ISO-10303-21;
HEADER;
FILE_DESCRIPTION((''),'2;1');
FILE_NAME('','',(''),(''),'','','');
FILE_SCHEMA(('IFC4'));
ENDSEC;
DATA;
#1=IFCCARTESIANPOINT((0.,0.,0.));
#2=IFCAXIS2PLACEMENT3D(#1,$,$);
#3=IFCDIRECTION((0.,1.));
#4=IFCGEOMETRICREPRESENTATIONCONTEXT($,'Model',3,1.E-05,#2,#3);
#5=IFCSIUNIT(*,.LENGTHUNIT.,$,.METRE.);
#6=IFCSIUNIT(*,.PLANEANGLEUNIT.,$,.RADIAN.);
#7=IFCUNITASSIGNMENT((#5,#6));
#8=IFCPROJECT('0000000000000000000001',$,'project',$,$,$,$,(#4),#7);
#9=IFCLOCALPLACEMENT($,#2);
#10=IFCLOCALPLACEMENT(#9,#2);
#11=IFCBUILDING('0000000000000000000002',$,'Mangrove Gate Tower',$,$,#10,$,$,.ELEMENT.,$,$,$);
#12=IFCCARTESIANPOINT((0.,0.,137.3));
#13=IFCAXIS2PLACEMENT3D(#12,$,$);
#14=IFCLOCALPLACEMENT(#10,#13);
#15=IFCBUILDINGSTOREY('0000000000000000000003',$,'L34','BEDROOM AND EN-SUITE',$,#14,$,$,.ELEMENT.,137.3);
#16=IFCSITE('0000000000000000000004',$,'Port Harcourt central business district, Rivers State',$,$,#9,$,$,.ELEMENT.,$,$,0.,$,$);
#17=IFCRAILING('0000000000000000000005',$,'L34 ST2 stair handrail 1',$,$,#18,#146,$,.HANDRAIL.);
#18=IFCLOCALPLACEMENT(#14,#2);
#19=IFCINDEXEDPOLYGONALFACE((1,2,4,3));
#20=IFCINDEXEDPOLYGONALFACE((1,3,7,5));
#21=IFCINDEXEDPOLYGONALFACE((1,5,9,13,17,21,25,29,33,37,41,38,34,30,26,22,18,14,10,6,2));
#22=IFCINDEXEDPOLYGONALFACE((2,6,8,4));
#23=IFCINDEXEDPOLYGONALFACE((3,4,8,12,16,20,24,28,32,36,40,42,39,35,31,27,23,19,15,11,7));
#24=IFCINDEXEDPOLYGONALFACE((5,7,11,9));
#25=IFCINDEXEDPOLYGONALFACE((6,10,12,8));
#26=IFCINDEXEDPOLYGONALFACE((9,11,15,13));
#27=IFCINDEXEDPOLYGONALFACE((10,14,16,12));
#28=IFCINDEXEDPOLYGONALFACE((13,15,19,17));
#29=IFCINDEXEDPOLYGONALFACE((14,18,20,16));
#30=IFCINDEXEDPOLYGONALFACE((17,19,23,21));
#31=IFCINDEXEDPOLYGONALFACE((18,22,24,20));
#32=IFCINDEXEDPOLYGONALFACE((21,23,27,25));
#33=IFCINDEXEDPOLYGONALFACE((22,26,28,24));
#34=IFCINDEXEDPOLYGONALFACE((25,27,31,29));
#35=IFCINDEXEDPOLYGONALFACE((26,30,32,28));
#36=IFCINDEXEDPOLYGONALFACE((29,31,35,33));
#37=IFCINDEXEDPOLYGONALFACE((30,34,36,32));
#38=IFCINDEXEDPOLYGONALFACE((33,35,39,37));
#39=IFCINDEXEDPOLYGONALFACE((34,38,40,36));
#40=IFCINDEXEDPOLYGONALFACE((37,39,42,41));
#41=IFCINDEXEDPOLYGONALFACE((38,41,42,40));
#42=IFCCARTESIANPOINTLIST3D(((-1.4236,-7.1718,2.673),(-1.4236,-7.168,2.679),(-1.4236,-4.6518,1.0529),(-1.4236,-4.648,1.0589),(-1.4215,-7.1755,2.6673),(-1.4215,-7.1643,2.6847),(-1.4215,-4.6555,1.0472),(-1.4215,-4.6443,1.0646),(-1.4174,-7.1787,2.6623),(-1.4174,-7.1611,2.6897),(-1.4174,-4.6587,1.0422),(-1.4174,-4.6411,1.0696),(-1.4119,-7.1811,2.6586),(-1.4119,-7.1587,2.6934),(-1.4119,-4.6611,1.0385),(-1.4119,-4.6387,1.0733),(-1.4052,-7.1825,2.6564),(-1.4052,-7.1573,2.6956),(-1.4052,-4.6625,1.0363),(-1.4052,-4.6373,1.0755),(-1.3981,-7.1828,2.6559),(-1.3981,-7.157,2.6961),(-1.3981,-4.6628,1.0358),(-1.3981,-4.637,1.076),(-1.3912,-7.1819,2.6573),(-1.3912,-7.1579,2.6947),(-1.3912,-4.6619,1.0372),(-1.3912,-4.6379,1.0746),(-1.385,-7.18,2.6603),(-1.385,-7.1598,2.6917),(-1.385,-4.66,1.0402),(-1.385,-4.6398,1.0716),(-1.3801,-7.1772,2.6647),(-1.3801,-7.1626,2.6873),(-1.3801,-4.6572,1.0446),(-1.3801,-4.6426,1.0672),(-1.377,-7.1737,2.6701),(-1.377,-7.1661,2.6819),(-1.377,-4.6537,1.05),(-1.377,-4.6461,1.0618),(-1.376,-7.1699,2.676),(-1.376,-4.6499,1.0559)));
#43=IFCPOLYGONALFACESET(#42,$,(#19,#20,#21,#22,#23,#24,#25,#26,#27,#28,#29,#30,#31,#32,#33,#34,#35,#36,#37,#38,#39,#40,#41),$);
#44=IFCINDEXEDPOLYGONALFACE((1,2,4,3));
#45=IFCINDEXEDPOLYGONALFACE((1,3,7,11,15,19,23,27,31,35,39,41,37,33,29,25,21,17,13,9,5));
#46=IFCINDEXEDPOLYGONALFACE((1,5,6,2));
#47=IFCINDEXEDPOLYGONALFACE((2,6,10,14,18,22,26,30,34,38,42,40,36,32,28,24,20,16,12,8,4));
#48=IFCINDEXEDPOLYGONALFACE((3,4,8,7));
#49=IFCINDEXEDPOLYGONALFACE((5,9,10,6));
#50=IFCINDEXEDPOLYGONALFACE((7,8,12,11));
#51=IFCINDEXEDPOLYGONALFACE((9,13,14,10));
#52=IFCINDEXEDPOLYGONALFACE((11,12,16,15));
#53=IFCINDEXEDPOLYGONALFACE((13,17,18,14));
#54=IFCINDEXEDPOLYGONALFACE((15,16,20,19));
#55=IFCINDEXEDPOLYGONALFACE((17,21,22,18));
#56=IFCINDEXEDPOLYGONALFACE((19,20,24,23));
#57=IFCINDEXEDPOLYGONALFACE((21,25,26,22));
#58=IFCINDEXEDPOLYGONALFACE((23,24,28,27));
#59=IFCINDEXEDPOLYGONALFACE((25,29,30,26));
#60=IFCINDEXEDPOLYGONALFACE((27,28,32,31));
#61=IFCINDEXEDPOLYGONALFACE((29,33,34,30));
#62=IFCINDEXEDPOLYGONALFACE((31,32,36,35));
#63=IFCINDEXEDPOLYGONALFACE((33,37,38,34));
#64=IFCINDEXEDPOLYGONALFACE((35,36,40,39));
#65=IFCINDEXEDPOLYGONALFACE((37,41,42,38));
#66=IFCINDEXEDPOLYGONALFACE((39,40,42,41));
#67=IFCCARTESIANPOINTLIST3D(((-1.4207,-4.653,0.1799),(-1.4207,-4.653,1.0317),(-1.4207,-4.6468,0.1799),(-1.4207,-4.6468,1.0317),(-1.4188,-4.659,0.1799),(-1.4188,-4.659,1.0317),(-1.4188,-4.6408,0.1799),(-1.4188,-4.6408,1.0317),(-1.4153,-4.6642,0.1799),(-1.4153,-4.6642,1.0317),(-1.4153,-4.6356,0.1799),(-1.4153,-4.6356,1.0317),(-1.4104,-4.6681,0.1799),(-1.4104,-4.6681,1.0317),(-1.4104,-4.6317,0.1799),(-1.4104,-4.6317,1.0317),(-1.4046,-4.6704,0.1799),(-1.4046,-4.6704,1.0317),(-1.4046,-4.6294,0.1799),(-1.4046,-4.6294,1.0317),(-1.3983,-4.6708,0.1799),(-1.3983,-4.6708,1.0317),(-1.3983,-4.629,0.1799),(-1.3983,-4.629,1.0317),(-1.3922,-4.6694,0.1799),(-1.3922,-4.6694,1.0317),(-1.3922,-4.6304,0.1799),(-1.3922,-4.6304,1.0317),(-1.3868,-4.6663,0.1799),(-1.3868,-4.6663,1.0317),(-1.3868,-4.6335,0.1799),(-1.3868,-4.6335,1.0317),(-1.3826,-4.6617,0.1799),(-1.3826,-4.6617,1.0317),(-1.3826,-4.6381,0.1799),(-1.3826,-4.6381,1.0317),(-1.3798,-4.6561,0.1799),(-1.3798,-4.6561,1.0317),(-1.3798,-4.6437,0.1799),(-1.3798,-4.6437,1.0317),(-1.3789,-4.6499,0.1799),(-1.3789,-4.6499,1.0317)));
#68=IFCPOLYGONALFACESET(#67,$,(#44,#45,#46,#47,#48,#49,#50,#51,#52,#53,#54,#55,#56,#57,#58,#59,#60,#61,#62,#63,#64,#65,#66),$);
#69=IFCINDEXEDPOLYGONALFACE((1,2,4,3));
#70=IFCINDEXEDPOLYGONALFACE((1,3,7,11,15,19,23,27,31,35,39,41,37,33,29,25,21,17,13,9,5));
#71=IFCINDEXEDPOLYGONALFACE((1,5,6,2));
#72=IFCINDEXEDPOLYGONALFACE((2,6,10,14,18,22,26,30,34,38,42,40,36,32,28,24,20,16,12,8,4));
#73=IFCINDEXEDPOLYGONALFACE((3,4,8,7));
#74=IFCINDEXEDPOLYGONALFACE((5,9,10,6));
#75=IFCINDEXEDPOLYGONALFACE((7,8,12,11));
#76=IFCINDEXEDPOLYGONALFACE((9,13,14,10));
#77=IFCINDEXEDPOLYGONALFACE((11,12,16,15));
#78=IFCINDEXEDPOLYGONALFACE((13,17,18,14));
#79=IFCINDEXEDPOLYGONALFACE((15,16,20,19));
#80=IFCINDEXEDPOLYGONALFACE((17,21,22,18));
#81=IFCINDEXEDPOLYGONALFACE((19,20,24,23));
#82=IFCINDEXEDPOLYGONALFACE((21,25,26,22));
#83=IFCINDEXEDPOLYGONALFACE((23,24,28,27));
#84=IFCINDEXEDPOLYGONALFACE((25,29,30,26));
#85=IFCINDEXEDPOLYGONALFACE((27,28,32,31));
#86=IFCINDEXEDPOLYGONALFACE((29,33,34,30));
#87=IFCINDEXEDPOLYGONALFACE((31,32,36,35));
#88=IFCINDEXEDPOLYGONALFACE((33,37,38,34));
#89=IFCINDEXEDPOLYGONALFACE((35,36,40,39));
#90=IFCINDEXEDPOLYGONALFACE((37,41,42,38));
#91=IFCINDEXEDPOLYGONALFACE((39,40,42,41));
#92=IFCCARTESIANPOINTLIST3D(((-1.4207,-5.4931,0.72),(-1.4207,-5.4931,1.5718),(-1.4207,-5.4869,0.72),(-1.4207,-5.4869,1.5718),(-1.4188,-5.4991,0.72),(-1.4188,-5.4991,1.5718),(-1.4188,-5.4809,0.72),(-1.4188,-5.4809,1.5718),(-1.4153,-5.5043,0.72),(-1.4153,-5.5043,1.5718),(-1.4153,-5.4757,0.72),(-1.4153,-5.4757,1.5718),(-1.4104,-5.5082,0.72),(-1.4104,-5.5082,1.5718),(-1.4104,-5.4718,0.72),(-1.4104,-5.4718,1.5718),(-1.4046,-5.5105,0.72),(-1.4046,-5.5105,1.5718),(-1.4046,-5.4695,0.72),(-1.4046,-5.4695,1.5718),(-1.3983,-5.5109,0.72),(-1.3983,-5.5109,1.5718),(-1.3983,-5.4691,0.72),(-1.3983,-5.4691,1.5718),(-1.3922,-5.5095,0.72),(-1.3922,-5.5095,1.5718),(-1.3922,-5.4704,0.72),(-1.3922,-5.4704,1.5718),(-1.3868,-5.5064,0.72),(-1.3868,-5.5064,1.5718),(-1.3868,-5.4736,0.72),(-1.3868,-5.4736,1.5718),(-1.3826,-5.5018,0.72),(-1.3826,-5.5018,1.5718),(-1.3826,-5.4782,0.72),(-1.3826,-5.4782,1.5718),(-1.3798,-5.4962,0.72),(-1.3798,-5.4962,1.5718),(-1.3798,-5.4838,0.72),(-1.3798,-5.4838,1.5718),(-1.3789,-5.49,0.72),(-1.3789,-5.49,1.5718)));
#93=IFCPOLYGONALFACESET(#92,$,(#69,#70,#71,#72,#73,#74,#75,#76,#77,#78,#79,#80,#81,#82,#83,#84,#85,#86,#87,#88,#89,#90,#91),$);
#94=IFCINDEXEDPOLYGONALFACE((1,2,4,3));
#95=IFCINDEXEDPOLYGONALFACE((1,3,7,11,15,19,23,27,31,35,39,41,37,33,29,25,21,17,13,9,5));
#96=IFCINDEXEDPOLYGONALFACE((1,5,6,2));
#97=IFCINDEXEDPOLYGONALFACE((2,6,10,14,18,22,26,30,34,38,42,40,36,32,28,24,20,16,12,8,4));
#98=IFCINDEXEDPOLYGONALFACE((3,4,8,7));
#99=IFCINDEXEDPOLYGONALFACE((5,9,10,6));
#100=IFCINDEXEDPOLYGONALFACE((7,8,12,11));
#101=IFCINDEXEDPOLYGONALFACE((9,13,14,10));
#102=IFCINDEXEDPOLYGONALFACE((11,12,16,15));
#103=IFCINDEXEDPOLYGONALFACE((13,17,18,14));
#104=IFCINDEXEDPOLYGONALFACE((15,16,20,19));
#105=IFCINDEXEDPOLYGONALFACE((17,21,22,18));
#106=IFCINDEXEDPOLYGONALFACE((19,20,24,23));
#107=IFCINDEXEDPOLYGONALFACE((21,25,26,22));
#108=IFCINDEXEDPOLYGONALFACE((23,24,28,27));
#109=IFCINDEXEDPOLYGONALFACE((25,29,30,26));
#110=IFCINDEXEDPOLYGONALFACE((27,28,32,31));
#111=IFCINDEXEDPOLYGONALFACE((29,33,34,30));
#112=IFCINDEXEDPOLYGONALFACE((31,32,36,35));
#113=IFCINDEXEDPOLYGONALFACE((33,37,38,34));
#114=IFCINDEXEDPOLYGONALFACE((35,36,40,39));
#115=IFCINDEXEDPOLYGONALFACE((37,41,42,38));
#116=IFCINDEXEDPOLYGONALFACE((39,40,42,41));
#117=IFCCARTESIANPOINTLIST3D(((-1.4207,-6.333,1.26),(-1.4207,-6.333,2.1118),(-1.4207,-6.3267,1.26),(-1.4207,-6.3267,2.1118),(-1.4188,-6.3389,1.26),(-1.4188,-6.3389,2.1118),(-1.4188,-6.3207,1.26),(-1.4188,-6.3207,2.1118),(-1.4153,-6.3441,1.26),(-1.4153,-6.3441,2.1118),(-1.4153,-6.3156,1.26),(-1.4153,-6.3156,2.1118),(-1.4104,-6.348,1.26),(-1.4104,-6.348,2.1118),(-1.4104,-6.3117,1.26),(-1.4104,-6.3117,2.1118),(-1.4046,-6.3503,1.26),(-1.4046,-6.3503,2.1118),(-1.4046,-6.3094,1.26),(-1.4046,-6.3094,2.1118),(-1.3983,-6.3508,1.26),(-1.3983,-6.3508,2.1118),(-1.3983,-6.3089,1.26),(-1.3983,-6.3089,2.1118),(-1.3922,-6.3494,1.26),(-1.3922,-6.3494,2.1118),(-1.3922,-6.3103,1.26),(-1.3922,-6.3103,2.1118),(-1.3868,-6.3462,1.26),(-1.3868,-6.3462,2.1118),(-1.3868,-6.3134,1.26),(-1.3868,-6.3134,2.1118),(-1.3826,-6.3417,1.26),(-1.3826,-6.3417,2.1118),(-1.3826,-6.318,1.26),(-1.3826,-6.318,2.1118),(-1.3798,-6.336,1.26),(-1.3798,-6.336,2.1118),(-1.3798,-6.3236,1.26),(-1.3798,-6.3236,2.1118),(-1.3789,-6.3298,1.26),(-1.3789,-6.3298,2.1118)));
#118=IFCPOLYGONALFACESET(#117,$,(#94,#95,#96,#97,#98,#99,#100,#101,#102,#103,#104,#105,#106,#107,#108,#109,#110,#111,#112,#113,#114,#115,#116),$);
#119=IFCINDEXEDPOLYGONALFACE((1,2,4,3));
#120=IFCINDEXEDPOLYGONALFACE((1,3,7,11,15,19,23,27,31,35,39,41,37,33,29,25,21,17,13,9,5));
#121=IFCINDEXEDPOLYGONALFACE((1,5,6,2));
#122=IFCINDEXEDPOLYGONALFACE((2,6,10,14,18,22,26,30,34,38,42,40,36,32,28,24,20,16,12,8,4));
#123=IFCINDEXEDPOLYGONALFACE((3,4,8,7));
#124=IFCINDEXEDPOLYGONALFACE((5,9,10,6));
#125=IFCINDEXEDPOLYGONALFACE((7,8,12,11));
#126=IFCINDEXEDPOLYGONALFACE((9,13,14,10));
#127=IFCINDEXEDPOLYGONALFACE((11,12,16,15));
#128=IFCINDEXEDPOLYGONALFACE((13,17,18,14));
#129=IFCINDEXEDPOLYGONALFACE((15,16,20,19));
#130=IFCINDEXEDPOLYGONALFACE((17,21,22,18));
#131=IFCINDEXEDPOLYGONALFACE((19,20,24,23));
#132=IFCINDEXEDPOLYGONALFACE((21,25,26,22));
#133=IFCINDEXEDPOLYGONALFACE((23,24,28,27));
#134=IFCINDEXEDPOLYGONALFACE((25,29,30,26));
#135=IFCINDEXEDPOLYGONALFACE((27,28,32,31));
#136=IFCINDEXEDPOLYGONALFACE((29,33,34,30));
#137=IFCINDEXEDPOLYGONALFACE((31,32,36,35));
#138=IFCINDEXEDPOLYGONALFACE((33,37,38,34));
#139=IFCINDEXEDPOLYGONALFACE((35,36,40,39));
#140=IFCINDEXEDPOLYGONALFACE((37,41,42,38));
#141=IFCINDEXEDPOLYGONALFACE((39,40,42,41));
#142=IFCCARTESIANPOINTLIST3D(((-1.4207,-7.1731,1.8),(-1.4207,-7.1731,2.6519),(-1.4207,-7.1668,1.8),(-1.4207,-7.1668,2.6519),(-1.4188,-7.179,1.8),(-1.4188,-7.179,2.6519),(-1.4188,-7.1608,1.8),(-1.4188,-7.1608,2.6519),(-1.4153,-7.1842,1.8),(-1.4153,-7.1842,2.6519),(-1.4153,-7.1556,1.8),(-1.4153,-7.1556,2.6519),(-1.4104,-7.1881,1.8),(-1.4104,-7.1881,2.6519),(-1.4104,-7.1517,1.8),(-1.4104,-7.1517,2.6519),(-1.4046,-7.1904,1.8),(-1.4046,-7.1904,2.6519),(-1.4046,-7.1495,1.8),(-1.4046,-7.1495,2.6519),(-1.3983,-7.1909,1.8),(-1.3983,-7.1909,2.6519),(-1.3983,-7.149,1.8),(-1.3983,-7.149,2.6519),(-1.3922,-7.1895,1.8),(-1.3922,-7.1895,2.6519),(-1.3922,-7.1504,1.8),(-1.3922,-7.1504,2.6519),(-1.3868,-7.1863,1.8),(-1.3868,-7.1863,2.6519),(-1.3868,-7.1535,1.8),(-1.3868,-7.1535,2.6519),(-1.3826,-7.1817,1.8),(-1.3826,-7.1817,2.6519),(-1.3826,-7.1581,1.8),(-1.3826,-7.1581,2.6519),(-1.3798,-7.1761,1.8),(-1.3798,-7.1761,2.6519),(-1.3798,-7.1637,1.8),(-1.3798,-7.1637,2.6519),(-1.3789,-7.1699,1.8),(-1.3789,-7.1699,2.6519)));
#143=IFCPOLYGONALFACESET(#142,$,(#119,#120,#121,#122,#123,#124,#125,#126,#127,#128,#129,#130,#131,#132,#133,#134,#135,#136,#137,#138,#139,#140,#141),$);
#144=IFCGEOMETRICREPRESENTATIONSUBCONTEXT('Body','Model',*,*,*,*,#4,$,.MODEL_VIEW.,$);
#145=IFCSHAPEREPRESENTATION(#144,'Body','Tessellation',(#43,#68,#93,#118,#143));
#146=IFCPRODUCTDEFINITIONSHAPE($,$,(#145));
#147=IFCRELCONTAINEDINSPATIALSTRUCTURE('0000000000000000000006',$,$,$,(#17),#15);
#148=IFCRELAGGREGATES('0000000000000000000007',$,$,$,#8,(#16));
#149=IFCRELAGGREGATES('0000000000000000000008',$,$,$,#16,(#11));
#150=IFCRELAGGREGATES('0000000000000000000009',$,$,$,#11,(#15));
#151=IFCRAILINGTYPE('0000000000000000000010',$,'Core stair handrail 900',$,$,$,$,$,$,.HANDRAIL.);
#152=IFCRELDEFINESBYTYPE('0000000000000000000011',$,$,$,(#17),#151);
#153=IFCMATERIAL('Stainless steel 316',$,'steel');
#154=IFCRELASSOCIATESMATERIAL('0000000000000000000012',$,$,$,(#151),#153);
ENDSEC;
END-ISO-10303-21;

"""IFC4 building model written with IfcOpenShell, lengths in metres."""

from ifc_helpers import new_model, si_unit, direction, frame, origin, origin_2d, place, context, subcontext, project, spatial, circle, extrude, material, type_object, element, save


model = new_model("IFC4")

# Units and contexts
model_context = context("Model", 3, precision=1e-05, world=origin(), true_north=direction((0.0, 1.0)))
body_context = subcontext(model_context, "Body", "Model", "MODEL_VIEW")
ifc_project = project(units=[si_unit("LENGTHUNIT", "METRE"), si_unit("PLANEANGLEUNIT", "RADIAN")], contexts=[model_context])

# Site, building, storey
site_placement = place(None, origin())
site = spatial("IfcSite", under=ifc_project, at=site_placement, Name="Port Harcourt central business district, Rivers State", CompositionType="ELEMENT", RefElevation=0.0)
building_placement = place(site_placement, origin())
building = spatial("IfcBuilding", under=site, at=building_placement, Name="Mangrove Gate Tower", CompositionType="ELEMENT")
storey_placement = place(building_placement, frame((0.0, 0.0, 137.3)))
storey = spatial("IfcBuildingStorey", under=building, at=storey_placement, Name="L34", Description="BEDROOM AND EN-SUITE", CompositionType="ELEMENT", Elevation=137.3)

# Railing
ifc_material_1 = material(Name="Stainless steel 316", Category="steel")
railing_type_1 = type_object("IfcRailingType", Name="Core stair handrail 900", PredefinedType="HANDRAIL", material=ifc_material_1)
railing_1_placement = place(storey_placement, frame((-1.3999, -4.6499, 0.1799)))
element("IfcRailing", 1, at=railing_1_placement, inside=storey, type_object=railing_type_1, Name="L34 ST2 stair handrail 1", PredefinedType="HANDRAIL", context=body_context, shape_type="SweptSolid", body=[
    extrude(circle(Radius=0.0239, at=origin_2d()), frame((0.0, 0.0, 0.876), z_axis=(0.0, -0.841163, 0.540782), x_axis=(1.0, 0.0, 0.0)), (0.0, 0.0, 1.0), 2.9958),
    extrude(circle(Radius=0.021, at=origin_2d()), origin(), (0.0, 0.0, 1.0), 0.8518),
    extrude(circle(Radius=0.021, at=origin_2d()), frame((0.0, -0.8401, 0.54)), (0.0, 0.0, 1.0), 0.8518),
    extrude(circle(Radius=0.021, at=origin_2d()), frame((0.0, -1.6799, 1.0801)), (0.0, 0.0, 1.0), 0.8518),
    extrude(circle(Radius=0.021, at=origin_2d()), frame((0.0, -2.52, 1.6201)), (0.0, 0.0, 1.0), 0.8518),
])

save(model, "model.ifc")
